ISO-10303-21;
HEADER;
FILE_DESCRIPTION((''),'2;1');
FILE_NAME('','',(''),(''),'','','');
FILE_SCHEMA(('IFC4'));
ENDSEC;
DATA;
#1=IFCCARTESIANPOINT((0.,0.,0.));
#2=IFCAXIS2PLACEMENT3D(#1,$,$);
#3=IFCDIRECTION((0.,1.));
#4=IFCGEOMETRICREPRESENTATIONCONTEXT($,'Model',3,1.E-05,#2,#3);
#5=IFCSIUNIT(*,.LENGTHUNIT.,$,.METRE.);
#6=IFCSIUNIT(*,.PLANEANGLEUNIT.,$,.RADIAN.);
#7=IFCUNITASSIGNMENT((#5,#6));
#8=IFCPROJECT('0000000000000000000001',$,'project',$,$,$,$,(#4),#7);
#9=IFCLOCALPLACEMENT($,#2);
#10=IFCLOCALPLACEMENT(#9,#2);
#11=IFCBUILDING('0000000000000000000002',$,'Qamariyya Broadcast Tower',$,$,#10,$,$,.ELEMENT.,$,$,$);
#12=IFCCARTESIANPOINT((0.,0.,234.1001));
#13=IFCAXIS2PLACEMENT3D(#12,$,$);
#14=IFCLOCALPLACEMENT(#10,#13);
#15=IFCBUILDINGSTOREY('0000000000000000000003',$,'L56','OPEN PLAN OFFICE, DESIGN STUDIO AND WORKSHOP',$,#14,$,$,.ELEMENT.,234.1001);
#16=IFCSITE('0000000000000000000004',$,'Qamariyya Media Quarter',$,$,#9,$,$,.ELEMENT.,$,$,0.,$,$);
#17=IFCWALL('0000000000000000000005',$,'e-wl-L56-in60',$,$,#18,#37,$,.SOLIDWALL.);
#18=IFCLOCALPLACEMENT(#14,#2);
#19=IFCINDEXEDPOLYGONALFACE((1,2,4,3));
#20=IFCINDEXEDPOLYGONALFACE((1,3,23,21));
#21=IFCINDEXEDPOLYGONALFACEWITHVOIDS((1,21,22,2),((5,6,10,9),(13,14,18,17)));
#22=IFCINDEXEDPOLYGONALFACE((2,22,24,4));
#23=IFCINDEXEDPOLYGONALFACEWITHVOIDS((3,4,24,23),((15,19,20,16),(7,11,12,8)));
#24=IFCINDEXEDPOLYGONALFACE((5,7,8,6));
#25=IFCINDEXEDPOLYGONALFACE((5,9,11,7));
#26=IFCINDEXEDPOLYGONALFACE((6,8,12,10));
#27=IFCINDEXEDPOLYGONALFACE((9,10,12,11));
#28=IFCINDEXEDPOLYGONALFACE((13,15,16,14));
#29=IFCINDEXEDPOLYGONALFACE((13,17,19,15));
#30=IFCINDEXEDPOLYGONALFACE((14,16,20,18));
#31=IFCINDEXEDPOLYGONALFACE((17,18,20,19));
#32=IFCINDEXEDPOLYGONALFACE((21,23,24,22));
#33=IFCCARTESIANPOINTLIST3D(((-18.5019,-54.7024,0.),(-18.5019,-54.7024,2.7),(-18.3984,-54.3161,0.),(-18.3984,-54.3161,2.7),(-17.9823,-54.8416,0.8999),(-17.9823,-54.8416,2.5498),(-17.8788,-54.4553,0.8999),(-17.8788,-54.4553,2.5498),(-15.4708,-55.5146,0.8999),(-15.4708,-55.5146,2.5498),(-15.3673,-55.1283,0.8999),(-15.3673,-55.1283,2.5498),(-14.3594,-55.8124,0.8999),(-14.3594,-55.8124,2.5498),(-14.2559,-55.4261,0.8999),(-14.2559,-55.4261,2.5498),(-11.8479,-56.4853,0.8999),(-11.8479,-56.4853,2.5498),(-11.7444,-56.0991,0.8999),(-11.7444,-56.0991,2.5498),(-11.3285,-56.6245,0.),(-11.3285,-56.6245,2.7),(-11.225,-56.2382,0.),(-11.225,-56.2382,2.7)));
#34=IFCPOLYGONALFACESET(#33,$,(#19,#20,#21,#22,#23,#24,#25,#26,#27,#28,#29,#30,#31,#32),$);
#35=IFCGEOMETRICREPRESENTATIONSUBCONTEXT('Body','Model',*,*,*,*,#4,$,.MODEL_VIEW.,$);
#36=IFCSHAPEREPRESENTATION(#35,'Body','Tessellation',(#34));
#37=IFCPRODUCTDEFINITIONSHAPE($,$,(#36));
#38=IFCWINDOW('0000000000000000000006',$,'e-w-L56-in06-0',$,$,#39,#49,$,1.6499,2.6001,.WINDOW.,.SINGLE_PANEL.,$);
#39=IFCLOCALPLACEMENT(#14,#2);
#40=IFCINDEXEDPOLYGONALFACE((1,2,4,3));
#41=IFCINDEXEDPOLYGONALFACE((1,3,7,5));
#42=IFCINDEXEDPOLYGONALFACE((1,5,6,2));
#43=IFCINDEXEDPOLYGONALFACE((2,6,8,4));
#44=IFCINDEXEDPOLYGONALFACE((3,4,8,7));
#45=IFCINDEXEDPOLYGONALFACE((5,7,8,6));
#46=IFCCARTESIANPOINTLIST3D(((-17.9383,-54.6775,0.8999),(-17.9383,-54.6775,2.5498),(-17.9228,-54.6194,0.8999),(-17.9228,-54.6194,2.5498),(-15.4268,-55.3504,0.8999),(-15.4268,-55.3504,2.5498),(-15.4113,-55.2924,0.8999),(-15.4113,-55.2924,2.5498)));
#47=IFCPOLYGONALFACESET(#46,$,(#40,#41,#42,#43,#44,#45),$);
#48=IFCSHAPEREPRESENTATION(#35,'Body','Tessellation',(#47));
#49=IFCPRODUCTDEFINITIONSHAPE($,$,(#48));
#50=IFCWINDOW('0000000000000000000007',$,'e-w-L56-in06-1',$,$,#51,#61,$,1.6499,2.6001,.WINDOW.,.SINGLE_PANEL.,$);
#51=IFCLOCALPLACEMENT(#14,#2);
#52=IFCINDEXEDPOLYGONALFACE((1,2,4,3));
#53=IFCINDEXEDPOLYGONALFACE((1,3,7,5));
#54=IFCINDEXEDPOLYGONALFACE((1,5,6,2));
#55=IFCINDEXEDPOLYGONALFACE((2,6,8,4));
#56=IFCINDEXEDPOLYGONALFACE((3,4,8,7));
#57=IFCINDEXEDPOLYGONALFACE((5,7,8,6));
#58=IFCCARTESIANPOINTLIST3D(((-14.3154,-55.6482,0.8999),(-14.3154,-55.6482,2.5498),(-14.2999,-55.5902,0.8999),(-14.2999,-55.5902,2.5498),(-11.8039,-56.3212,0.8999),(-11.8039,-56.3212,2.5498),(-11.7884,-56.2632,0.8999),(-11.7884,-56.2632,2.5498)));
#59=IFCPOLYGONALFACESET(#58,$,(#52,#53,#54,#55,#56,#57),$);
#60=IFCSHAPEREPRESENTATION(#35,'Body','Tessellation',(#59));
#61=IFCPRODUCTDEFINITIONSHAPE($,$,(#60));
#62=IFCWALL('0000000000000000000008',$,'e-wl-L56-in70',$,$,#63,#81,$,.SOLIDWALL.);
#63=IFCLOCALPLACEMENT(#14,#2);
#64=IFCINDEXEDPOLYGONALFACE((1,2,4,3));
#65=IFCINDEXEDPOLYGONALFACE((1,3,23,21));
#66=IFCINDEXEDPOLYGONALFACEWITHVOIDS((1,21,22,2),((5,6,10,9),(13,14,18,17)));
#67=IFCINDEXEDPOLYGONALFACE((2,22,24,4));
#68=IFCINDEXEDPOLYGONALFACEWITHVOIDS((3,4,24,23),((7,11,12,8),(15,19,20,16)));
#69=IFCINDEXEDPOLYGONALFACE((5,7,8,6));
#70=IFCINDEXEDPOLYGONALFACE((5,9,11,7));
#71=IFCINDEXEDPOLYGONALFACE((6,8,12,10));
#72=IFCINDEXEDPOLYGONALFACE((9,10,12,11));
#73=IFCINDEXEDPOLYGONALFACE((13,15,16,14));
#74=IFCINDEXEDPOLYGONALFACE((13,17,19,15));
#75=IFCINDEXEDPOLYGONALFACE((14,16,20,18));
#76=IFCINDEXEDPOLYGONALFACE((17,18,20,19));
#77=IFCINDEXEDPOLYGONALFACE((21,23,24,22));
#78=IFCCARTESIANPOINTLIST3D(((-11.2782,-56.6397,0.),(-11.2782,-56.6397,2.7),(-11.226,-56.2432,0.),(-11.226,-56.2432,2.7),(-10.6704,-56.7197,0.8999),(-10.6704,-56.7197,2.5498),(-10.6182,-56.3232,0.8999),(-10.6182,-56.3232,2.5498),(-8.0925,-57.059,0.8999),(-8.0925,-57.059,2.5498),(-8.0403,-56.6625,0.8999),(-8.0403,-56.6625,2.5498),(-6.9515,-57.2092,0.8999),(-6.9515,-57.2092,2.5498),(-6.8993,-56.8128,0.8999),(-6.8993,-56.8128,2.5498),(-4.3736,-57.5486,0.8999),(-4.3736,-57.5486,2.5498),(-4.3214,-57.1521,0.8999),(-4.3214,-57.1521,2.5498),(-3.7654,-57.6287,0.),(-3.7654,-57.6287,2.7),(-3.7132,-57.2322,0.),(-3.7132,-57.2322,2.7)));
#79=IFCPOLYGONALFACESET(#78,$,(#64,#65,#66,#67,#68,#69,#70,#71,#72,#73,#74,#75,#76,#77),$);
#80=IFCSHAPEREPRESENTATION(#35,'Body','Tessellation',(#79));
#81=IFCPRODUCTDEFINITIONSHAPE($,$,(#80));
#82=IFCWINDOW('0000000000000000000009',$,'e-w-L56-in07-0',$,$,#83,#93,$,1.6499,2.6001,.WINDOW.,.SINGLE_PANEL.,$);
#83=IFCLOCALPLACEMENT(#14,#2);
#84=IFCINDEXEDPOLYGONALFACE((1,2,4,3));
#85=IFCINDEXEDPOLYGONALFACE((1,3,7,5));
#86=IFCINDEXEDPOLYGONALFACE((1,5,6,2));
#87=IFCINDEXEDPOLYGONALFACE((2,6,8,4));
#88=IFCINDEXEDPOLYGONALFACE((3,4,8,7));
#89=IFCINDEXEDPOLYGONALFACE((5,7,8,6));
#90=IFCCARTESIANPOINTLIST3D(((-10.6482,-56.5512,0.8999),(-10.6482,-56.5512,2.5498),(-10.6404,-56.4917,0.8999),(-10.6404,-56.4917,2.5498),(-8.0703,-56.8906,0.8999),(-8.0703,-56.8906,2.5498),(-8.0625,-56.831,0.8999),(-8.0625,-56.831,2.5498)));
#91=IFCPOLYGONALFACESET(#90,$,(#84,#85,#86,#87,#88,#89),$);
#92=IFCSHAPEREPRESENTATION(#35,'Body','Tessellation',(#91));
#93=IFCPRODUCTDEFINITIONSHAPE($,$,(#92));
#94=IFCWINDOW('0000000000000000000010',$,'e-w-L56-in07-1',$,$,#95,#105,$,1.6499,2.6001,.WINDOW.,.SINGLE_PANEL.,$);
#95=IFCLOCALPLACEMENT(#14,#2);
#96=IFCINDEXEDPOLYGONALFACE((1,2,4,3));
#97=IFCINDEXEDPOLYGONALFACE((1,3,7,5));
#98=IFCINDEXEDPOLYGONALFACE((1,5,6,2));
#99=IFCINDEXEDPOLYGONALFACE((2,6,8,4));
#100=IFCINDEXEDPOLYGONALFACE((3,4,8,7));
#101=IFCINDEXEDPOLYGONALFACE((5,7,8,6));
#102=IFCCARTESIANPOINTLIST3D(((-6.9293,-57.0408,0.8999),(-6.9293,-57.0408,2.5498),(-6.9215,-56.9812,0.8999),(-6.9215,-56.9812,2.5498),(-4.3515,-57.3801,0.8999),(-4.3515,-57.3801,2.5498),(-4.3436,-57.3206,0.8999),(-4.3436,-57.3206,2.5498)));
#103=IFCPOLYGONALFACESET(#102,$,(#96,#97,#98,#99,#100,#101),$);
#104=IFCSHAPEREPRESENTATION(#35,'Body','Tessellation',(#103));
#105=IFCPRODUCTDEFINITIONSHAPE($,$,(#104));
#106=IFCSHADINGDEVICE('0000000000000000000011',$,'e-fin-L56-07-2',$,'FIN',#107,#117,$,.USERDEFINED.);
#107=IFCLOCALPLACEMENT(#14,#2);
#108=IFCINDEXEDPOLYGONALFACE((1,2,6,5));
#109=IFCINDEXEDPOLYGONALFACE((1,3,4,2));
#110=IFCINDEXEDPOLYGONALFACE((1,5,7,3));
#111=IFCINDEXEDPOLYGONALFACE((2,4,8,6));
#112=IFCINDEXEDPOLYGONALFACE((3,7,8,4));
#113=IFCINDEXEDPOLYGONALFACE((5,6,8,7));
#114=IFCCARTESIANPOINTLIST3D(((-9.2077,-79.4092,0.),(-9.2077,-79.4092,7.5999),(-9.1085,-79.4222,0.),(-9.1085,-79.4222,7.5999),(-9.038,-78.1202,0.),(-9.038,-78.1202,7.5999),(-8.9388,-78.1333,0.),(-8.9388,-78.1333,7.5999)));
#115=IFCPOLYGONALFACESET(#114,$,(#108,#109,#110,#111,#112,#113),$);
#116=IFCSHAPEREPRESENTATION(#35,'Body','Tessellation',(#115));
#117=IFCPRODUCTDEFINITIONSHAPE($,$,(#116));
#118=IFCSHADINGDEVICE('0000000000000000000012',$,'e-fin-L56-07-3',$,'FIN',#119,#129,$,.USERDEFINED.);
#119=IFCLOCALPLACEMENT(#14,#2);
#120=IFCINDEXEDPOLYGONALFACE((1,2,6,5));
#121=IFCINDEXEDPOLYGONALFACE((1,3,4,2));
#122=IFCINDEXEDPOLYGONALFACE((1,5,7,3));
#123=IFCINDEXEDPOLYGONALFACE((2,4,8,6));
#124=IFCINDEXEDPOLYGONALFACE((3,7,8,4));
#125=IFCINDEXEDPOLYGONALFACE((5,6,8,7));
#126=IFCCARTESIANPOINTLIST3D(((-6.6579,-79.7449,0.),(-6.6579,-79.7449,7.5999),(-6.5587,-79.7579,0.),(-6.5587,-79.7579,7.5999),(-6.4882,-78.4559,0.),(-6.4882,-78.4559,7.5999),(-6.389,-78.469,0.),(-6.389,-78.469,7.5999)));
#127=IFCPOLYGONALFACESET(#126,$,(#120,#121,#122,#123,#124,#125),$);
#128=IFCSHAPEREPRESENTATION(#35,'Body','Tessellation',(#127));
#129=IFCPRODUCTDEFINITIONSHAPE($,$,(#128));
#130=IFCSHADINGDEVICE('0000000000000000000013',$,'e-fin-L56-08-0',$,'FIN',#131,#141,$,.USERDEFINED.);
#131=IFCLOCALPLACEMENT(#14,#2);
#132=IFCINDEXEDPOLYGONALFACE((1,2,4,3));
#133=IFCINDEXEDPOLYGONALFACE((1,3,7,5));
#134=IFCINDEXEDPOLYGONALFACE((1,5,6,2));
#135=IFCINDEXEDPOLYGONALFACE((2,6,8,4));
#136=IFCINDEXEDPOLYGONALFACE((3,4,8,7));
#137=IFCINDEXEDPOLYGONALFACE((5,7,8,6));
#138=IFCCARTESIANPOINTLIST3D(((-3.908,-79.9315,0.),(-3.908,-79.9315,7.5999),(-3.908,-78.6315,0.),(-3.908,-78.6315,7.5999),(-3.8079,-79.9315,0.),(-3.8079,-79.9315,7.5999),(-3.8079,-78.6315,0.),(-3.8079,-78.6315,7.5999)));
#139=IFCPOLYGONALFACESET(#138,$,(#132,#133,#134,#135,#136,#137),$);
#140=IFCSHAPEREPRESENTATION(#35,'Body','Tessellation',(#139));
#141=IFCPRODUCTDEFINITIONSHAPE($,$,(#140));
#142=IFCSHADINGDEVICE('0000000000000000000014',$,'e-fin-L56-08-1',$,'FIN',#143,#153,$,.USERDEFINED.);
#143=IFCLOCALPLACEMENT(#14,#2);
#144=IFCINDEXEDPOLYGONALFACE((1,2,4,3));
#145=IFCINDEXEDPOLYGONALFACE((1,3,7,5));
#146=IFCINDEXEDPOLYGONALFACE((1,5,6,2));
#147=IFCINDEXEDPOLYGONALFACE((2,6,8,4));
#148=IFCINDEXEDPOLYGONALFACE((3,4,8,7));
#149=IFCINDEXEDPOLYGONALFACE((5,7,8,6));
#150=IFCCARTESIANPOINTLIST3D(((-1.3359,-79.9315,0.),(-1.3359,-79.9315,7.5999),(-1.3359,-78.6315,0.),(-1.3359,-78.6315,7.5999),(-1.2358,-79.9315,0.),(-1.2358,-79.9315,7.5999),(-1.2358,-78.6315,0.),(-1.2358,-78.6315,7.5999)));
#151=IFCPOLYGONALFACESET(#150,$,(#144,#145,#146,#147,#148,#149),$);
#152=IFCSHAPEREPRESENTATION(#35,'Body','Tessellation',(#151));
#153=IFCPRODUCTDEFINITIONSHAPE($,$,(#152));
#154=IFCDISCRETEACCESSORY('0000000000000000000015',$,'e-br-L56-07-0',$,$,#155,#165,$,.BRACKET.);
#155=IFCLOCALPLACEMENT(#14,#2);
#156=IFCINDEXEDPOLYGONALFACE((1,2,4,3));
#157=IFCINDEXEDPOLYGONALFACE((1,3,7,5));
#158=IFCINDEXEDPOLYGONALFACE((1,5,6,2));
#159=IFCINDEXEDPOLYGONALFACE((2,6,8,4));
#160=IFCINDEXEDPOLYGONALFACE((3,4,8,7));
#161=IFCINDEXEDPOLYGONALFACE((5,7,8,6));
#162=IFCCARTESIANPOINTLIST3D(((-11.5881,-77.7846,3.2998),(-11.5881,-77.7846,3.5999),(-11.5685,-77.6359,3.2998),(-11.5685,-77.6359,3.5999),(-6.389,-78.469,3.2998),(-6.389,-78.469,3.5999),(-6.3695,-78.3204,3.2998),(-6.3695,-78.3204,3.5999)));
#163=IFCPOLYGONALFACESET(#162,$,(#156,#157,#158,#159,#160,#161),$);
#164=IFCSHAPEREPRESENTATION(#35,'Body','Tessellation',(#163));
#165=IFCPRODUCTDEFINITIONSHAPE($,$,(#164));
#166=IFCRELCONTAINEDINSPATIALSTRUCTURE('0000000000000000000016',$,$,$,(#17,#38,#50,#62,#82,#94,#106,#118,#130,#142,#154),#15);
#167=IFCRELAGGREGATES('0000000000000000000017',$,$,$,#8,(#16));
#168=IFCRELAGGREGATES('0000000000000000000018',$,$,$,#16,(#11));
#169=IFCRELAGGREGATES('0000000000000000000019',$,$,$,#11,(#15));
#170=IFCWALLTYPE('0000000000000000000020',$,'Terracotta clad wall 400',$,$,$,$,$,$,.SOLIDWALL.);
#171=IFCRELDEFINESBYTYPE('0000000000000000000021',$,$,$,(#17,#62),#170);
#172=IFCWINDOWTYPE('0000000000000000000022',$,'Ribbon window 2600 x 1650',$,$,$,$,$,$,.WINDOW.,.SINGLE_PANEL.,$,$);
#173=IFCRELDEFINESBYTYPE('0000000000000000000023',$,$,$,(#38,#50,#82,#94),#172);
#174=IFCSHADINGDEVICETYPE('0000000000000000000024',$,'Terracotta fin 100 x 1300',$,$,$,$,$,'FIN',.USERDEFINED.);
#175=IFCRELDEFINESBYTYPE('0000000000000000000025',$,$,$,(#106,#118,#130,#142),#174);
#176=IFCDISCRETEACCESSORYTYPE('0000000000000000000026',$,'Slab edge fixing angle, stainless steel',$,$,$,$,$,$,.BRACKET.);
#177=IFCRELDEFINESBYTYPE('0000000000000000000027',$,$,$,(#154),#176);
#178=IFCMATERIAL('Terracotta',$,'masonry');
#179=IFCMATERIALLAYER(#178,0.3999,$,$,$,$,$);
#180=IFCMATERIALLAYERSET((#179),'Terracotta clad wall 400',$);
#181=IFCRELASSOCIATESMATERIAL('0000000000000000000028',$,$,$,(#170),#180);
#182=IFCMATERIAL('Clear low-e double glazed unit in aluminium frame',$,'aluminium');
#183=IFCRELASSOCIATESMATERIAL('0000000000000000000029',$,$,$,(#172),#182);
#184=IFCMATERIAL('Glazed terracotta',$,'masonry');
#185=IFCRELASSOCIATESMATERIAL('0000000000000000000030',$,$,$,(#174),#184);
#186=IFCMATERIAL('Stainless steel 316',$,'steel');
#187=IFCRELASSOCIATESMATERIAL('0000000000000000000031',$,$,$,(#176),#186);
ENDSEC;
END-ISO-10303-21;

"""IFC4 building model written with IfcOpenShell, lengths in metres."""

from ifc_helpers import new_model, si_unit, direction, frame, frame_2d, origin, origin_2d, place, context, subcontext, project, spatial, rectangle, extrude, material, layer, layer_set, material_profile, profile_set, type_object, element, fill, save


model = new_model("IFC4")

# Units and contexts
model_context = context("Model", 3, precision=1e-05, world=origin(), true_north=direction((0.0, 1.0)))
body_context = subcontext(model_context, "Body", "Model", "MODEL_VIEW")
ifc_project = project(units=[si_unit("LENGTHUNIT", "METRE"), si_unit("PLANEANGLEUNIT", "RADIAN")], contexts=[model_context])

# Site, building, storey
site_placement = place(None, origin())
site = spatial("IfcSite", under=ifc_project, at=site_placement, Name="Qamariyya Media Quarter", CompositionType="ELEMENT", RefElevation=0.0)
building_placement = place(site_placement, origin())
building = spatial("IfcBuilding", under=site, at=building_placement, Name="Qamariyya Broadcast Tower", CompositionType="ELEMENT")
storey_placement = place(building_placement, frame((0.0, 0.0, 234.1001)))
storey = spatial("IfcBuildingStorey", under=building, at=storey_placement, Name="L56", Description="OPEN PLAN OFFICE, DESIGN STUDIO AND WORKSHOP", CompositionType="ELEMENT", Elevation=234.1001)

# Walls, openings, windows
ifc_material_1 = material(Name="Terracotta", Category="masonry")
ifc_layer_1 = layer(ifc_material_1, 0.3999)
ifc_layer_set_1 = layer_set([ifc_layer_1], Name="Terracotta clad wall 400")
wall_type_1 = type_object("IfcWallType", Name="Terracotta clad wall 400", PredefinedType="SOLIDWALL", material=ifc_layer_set_1)
wall_1_placement = place(storey_placement, frame((-11.2766, -56.4314, 0.0), z_axis=(0.0, 0.0, 1.0), x_axis=(-0.965925, 0.258823, 0.0)))
wall_1 = element("IfcWall", 1, at=wall_1_placement, inside=storey, type_object=wall_type_1, Name="e-wl-L56-in60", PredefinedType="SOLIDWALL", context=body_context, shape_type="SweptSolid", body=[
    extrude(rectangle(XDim=7.4265, YDim=0.3999, at=frame_2d((3.7134, 0.0))), origin(), (0.0, 0.0, 1.0), 2.7),
])
opening_1_placement = place(wall_1_placement, frame((4.2886, 0.0, 0.8999)))
opening_1 = element("IfcOpeningElement", 2, at=opening_1_placement, cuts=wall_1, PredefinedType="OPENING", context=body_context, shape_type="SweptSolid", body=[
    extrude(rectangle(XDim=2.6001, YDim=1.6499, at=frame_2d((1.3, 0.825))), frame((0.0, 0.21, 0.0), z_axis=(0.0, -1.0, 0.0), x_axis=(1.0, 0.0, 0.0)), (0.0, 0.0, 1.0), 0.4199),
])
opening_2_placement = place(wall_1_placement, frame((0.5378, 0.0, 0.8999)))
opening_2 = element("IfcOpeningElement", 3, at=opening_2_placement, cuts=wall_1, PredefinedType="OPENING", context=body_context, shape_type="SweptSolid", body=[
    extrude(rectangle(XDim=2.6001, YDim=1.6499, at=frame_2d((1.3, 0.825))), frame((0.0, 0.21, 0.0), z_axis=(0.0, -1.0, 0.0), x_axis=(1.0, 0.0, 0.0)), (0.0, 0.0, 1.0), 0.4199),
])
ifc_material_2 = material(Name="Clear low-e double glazed unit in aluminium frame", Category="aluminium")
window_type = type_object("IfcWindowType", Name="Ribbon window 2600 x 1650", PartitioningType="SINGLE_PANEL", PredefinedType="WINDOW", material=ifc_material_2)
window_1_placement = place(opening_1_placement, origin())
window_1 = element("IfcWindow", 4, at=window_1_placement, inside=storey, type_object=window_type, Name="e-w-L56-in06-0", OverallHeight=1.6499, OverallWidth=2.6001, PartitioningType="SINGLE_PANEL", PredefinedType="WINDOW", context=body_context, shape_type="SweptSolid", body=[
    extrude(rectangle(XDim=2.6001, YDim=1.6499, at=frame_2d((1.3, 0.825))), frame((0.0, 0.03, 0.0), z_axis=(0.0, -1.0, 0.0), x_axis=(1.0, 0.0, 0.0)), (0.0, 0.0, 1.0), 0.0601),
])
fill(opening_1, window_1)
window_2_placement = place(opening_2_placement, origin())
window_2 = element("IfcWindow", 5, at=window_2_placement, inside=storey, type_object=window_type, Name="e-w-L56-in06-1", OverallHeight=1.6499, OverallWidth=2.6001, PartitioningType="SINGLE_PANEL", PredefinedType="WINDOW", context=body_context, shape_type="SweptSolid", body=[
    extrude(rectangle(XDim=2.6001, YDim=1.6499, at=frame_2d((1.3, 0.825))), frame((0.0, 0.03, 0.0), z_axis=(0.0, -1.0, 0.0), x_axis=(1.0, 0.0, 0.0)), (0.0, 0.0, 1.0), 0.0601),
])
fill(opening_2, window_2)
wall_2_placement = place(storey_placement, frame((-3.7393, -57.4304, 0.0), z_axis=(0.0, 0.0, 1.0), x_axis=(-0.991446, 0.130515, 0.0)))
wall_2 = element("IfcWall", 6, at=wall_2_placement, inside=storey, type_object=wall_type_1, Name="e-wl-L56-in70", PredefinedType="SOLIDWALL", context=body_context, shape_type="SweptSolid", body=[
    extrude(rectangle(XDim=7.5776, YDim=0.3999, at=frame_2d((3.7888, 0.0))), origin(), (0.0, 0.0, 1.0), 2.7),
])
opening_3_placement = place(wall_2_placement, frame((4.3645, 0.0, 0.8999)))
opening_3 = element("IfcOpeningElement", 7, at=opening_3_placement, cuts=wall_2, PredefinedType="OPENING", context=body_context, shape_type="SweptSolid", body=[
    extrude(rectangle(XDim=2.6001, YDim=1.6499, at=frame_2d((1.3, 0.825))), frame((0.0, 0.21, 0.0), z_axis=(0.0, -1.0, 0.0), x_axis=(1.0, 0.0, 0.0)), (0.0, 0.0, 1.0), 0.4199),
])
opening_4_placement = place(wall_2_placement, frame((0.6135, 0.0, 0.8999)))
opening_4 = element("IfcOpeningElement", 8, at=opening_4_placement, cuts=wall_2, PredefinedType="OPENING", context=body_context, shape_type="SweptSolid", body=[
    extrude(rectangle(XDim=2.6001, YDim=1.6499, at=frame_2d((1.3, 0.825))), frame((0.0, 0.21, 0.0), z_axis=(0.0, -1.0, 0.0), x_axis=(1.0, 0.0, 0.0)), (0.0, 0.0, 1.0), 0.4199),
])
window_3_placement = place(opening_3_placement, origin())
window_3 = element("IfcWindow", 9, at=window_3_placement, inside=storey, type_object=window_type, Name="e-w-L56-in07-0", OverallHeight=1.6499, OverallWidth=2.6001, PartitioningType="SINGLE_PANEL", PredefinedType="WINDOW", context=body_context, shape_type="SweptSolid", body=[
    extrude(rectangle(XDim=2.6001, YDim=1.6499, at=frame_2d((1.3, 0.825))), frame((0.0, 0.03, 0.0), z_axis=(0.0, -1.0, 0.0), x_axis=(1.0, 0.0, 0.0)), (0.0, 0.0, 1.0), 0.0601),
])
fill(opening_3, window_3)
window_4_placement = place(opening_4_placement, origin())
window_4 = element("IfcWindow", 10, at=window_4_placement, inside=storey, type_object=window_type, Name="e-w-L56-in07-1", OverallHeight=1.6499, OverallWidth=2.6001, PartitioningType="SINGLE_PANEL", PredefinedType="WINDOW", context=body_context, shape_type="SweptSolid", body=[
    extrude(rectangle(XDim=2.6001, YDim=1.6499, at=frame_2d((1.3, 0.825))), frame((0.0, 0.03, 0.0), z_axis=(0.0, -1.0, 0.0), x_axis=(1.0, 0.0, 0.0)), (0.0, 0.0, 1.0), 0.0601),
])
fill(opening_4, window_4)

# Shading devices
ifc_material_3 = material(Name="Glazed terracotta", Category="masonry")
ifc_material_profile_1 = material_profile(ifc_material_3, rectangle(XDim=1.3, YDim=0.1001, at=origin_2d()))
ifc_profile_set_1 = profile_set([ifc_material_profile_1], Name="Glazed terracotta")
shading_device_type_1 = type_object("IfcShadingDeviceType", Name="Terracotta fin 100 x 1300", ElementType="FIN", PredefinedType="USERDEFINED", material=ifc_profile_set_1)
for number, where, z_axis, x_axis, name in (
    (11, (-9.0732, -78.7712, 0.0), (0.0, 0.0, 1.0), (-0.130526, -0.991445, 0.0), "e-fin-L56-07-2"),
    (12, (-6.5234, -79.1069, 0.0), (0.0, 0.0, 1.0), (-0.130526, -0.991445, 0.0), "e-fin-L56-07-3"),
    (13, (-3.8579, -79.2815, 0.0), (0.0, 0.0, 1.0), (0.0, -1.0, 0.0), "e-fin-L56-08-0"),
    (14, (-1.2859, -79.2815, 0.0), (0.0, 0.0, 1.0), (0.0, -1.0, 0.0), "e-fin-L56-08-1"),
):
    element("IfcShadingDevice", number, at=place(storey_placement, frame(where, z_axis=z_axis, x_axis=x_axis)), inside=storey, type_object=shading_device_type_1, Name=name, ObjectType="FIN", PredefinedType="USERDEFINED", context=body_context, shape_type="SweptSolid", body=[
        extrude(rectangle(XDim=1.3, YDim=0.1001, at=origin_2d()), origin(), (0.0, 0.0, 1.0), 7.5999),
    ])

# Discrete accessory
ifc_material_4 = material(Name="Stainless steel 316", Category="steel")
discrete_accessory_type = type_object("IfcDiscreteAccessoryType", Name="Slab edge fixing angle, stainless steel", PredefinedType="BRACKET", material=ifc_material_4)
discrete_accessory_placement = place(storey_placement, frame((-8.9788, -78.0525, 3.2998), z_axis=(0.0, 0.0, 1.0), x_axis=(0.991445, -0.130526, 0.0)))
element("IfcDiscreteAccessory", 15, at=discrete_accessory_placement, inside=storey, type_object=discrete_accessory_type, Name="e-br-L56-07-0", PredefinedType="BRACKET", context=body_context, shape_type="SweptSolid", body=[
    extrude(rectangle(XDim=5.2439, YDim=0.1499, at=origin_2d()), origin(), (0.0, 0.0, 1.0), 0.3),
])

save(model, "model.ifc")
